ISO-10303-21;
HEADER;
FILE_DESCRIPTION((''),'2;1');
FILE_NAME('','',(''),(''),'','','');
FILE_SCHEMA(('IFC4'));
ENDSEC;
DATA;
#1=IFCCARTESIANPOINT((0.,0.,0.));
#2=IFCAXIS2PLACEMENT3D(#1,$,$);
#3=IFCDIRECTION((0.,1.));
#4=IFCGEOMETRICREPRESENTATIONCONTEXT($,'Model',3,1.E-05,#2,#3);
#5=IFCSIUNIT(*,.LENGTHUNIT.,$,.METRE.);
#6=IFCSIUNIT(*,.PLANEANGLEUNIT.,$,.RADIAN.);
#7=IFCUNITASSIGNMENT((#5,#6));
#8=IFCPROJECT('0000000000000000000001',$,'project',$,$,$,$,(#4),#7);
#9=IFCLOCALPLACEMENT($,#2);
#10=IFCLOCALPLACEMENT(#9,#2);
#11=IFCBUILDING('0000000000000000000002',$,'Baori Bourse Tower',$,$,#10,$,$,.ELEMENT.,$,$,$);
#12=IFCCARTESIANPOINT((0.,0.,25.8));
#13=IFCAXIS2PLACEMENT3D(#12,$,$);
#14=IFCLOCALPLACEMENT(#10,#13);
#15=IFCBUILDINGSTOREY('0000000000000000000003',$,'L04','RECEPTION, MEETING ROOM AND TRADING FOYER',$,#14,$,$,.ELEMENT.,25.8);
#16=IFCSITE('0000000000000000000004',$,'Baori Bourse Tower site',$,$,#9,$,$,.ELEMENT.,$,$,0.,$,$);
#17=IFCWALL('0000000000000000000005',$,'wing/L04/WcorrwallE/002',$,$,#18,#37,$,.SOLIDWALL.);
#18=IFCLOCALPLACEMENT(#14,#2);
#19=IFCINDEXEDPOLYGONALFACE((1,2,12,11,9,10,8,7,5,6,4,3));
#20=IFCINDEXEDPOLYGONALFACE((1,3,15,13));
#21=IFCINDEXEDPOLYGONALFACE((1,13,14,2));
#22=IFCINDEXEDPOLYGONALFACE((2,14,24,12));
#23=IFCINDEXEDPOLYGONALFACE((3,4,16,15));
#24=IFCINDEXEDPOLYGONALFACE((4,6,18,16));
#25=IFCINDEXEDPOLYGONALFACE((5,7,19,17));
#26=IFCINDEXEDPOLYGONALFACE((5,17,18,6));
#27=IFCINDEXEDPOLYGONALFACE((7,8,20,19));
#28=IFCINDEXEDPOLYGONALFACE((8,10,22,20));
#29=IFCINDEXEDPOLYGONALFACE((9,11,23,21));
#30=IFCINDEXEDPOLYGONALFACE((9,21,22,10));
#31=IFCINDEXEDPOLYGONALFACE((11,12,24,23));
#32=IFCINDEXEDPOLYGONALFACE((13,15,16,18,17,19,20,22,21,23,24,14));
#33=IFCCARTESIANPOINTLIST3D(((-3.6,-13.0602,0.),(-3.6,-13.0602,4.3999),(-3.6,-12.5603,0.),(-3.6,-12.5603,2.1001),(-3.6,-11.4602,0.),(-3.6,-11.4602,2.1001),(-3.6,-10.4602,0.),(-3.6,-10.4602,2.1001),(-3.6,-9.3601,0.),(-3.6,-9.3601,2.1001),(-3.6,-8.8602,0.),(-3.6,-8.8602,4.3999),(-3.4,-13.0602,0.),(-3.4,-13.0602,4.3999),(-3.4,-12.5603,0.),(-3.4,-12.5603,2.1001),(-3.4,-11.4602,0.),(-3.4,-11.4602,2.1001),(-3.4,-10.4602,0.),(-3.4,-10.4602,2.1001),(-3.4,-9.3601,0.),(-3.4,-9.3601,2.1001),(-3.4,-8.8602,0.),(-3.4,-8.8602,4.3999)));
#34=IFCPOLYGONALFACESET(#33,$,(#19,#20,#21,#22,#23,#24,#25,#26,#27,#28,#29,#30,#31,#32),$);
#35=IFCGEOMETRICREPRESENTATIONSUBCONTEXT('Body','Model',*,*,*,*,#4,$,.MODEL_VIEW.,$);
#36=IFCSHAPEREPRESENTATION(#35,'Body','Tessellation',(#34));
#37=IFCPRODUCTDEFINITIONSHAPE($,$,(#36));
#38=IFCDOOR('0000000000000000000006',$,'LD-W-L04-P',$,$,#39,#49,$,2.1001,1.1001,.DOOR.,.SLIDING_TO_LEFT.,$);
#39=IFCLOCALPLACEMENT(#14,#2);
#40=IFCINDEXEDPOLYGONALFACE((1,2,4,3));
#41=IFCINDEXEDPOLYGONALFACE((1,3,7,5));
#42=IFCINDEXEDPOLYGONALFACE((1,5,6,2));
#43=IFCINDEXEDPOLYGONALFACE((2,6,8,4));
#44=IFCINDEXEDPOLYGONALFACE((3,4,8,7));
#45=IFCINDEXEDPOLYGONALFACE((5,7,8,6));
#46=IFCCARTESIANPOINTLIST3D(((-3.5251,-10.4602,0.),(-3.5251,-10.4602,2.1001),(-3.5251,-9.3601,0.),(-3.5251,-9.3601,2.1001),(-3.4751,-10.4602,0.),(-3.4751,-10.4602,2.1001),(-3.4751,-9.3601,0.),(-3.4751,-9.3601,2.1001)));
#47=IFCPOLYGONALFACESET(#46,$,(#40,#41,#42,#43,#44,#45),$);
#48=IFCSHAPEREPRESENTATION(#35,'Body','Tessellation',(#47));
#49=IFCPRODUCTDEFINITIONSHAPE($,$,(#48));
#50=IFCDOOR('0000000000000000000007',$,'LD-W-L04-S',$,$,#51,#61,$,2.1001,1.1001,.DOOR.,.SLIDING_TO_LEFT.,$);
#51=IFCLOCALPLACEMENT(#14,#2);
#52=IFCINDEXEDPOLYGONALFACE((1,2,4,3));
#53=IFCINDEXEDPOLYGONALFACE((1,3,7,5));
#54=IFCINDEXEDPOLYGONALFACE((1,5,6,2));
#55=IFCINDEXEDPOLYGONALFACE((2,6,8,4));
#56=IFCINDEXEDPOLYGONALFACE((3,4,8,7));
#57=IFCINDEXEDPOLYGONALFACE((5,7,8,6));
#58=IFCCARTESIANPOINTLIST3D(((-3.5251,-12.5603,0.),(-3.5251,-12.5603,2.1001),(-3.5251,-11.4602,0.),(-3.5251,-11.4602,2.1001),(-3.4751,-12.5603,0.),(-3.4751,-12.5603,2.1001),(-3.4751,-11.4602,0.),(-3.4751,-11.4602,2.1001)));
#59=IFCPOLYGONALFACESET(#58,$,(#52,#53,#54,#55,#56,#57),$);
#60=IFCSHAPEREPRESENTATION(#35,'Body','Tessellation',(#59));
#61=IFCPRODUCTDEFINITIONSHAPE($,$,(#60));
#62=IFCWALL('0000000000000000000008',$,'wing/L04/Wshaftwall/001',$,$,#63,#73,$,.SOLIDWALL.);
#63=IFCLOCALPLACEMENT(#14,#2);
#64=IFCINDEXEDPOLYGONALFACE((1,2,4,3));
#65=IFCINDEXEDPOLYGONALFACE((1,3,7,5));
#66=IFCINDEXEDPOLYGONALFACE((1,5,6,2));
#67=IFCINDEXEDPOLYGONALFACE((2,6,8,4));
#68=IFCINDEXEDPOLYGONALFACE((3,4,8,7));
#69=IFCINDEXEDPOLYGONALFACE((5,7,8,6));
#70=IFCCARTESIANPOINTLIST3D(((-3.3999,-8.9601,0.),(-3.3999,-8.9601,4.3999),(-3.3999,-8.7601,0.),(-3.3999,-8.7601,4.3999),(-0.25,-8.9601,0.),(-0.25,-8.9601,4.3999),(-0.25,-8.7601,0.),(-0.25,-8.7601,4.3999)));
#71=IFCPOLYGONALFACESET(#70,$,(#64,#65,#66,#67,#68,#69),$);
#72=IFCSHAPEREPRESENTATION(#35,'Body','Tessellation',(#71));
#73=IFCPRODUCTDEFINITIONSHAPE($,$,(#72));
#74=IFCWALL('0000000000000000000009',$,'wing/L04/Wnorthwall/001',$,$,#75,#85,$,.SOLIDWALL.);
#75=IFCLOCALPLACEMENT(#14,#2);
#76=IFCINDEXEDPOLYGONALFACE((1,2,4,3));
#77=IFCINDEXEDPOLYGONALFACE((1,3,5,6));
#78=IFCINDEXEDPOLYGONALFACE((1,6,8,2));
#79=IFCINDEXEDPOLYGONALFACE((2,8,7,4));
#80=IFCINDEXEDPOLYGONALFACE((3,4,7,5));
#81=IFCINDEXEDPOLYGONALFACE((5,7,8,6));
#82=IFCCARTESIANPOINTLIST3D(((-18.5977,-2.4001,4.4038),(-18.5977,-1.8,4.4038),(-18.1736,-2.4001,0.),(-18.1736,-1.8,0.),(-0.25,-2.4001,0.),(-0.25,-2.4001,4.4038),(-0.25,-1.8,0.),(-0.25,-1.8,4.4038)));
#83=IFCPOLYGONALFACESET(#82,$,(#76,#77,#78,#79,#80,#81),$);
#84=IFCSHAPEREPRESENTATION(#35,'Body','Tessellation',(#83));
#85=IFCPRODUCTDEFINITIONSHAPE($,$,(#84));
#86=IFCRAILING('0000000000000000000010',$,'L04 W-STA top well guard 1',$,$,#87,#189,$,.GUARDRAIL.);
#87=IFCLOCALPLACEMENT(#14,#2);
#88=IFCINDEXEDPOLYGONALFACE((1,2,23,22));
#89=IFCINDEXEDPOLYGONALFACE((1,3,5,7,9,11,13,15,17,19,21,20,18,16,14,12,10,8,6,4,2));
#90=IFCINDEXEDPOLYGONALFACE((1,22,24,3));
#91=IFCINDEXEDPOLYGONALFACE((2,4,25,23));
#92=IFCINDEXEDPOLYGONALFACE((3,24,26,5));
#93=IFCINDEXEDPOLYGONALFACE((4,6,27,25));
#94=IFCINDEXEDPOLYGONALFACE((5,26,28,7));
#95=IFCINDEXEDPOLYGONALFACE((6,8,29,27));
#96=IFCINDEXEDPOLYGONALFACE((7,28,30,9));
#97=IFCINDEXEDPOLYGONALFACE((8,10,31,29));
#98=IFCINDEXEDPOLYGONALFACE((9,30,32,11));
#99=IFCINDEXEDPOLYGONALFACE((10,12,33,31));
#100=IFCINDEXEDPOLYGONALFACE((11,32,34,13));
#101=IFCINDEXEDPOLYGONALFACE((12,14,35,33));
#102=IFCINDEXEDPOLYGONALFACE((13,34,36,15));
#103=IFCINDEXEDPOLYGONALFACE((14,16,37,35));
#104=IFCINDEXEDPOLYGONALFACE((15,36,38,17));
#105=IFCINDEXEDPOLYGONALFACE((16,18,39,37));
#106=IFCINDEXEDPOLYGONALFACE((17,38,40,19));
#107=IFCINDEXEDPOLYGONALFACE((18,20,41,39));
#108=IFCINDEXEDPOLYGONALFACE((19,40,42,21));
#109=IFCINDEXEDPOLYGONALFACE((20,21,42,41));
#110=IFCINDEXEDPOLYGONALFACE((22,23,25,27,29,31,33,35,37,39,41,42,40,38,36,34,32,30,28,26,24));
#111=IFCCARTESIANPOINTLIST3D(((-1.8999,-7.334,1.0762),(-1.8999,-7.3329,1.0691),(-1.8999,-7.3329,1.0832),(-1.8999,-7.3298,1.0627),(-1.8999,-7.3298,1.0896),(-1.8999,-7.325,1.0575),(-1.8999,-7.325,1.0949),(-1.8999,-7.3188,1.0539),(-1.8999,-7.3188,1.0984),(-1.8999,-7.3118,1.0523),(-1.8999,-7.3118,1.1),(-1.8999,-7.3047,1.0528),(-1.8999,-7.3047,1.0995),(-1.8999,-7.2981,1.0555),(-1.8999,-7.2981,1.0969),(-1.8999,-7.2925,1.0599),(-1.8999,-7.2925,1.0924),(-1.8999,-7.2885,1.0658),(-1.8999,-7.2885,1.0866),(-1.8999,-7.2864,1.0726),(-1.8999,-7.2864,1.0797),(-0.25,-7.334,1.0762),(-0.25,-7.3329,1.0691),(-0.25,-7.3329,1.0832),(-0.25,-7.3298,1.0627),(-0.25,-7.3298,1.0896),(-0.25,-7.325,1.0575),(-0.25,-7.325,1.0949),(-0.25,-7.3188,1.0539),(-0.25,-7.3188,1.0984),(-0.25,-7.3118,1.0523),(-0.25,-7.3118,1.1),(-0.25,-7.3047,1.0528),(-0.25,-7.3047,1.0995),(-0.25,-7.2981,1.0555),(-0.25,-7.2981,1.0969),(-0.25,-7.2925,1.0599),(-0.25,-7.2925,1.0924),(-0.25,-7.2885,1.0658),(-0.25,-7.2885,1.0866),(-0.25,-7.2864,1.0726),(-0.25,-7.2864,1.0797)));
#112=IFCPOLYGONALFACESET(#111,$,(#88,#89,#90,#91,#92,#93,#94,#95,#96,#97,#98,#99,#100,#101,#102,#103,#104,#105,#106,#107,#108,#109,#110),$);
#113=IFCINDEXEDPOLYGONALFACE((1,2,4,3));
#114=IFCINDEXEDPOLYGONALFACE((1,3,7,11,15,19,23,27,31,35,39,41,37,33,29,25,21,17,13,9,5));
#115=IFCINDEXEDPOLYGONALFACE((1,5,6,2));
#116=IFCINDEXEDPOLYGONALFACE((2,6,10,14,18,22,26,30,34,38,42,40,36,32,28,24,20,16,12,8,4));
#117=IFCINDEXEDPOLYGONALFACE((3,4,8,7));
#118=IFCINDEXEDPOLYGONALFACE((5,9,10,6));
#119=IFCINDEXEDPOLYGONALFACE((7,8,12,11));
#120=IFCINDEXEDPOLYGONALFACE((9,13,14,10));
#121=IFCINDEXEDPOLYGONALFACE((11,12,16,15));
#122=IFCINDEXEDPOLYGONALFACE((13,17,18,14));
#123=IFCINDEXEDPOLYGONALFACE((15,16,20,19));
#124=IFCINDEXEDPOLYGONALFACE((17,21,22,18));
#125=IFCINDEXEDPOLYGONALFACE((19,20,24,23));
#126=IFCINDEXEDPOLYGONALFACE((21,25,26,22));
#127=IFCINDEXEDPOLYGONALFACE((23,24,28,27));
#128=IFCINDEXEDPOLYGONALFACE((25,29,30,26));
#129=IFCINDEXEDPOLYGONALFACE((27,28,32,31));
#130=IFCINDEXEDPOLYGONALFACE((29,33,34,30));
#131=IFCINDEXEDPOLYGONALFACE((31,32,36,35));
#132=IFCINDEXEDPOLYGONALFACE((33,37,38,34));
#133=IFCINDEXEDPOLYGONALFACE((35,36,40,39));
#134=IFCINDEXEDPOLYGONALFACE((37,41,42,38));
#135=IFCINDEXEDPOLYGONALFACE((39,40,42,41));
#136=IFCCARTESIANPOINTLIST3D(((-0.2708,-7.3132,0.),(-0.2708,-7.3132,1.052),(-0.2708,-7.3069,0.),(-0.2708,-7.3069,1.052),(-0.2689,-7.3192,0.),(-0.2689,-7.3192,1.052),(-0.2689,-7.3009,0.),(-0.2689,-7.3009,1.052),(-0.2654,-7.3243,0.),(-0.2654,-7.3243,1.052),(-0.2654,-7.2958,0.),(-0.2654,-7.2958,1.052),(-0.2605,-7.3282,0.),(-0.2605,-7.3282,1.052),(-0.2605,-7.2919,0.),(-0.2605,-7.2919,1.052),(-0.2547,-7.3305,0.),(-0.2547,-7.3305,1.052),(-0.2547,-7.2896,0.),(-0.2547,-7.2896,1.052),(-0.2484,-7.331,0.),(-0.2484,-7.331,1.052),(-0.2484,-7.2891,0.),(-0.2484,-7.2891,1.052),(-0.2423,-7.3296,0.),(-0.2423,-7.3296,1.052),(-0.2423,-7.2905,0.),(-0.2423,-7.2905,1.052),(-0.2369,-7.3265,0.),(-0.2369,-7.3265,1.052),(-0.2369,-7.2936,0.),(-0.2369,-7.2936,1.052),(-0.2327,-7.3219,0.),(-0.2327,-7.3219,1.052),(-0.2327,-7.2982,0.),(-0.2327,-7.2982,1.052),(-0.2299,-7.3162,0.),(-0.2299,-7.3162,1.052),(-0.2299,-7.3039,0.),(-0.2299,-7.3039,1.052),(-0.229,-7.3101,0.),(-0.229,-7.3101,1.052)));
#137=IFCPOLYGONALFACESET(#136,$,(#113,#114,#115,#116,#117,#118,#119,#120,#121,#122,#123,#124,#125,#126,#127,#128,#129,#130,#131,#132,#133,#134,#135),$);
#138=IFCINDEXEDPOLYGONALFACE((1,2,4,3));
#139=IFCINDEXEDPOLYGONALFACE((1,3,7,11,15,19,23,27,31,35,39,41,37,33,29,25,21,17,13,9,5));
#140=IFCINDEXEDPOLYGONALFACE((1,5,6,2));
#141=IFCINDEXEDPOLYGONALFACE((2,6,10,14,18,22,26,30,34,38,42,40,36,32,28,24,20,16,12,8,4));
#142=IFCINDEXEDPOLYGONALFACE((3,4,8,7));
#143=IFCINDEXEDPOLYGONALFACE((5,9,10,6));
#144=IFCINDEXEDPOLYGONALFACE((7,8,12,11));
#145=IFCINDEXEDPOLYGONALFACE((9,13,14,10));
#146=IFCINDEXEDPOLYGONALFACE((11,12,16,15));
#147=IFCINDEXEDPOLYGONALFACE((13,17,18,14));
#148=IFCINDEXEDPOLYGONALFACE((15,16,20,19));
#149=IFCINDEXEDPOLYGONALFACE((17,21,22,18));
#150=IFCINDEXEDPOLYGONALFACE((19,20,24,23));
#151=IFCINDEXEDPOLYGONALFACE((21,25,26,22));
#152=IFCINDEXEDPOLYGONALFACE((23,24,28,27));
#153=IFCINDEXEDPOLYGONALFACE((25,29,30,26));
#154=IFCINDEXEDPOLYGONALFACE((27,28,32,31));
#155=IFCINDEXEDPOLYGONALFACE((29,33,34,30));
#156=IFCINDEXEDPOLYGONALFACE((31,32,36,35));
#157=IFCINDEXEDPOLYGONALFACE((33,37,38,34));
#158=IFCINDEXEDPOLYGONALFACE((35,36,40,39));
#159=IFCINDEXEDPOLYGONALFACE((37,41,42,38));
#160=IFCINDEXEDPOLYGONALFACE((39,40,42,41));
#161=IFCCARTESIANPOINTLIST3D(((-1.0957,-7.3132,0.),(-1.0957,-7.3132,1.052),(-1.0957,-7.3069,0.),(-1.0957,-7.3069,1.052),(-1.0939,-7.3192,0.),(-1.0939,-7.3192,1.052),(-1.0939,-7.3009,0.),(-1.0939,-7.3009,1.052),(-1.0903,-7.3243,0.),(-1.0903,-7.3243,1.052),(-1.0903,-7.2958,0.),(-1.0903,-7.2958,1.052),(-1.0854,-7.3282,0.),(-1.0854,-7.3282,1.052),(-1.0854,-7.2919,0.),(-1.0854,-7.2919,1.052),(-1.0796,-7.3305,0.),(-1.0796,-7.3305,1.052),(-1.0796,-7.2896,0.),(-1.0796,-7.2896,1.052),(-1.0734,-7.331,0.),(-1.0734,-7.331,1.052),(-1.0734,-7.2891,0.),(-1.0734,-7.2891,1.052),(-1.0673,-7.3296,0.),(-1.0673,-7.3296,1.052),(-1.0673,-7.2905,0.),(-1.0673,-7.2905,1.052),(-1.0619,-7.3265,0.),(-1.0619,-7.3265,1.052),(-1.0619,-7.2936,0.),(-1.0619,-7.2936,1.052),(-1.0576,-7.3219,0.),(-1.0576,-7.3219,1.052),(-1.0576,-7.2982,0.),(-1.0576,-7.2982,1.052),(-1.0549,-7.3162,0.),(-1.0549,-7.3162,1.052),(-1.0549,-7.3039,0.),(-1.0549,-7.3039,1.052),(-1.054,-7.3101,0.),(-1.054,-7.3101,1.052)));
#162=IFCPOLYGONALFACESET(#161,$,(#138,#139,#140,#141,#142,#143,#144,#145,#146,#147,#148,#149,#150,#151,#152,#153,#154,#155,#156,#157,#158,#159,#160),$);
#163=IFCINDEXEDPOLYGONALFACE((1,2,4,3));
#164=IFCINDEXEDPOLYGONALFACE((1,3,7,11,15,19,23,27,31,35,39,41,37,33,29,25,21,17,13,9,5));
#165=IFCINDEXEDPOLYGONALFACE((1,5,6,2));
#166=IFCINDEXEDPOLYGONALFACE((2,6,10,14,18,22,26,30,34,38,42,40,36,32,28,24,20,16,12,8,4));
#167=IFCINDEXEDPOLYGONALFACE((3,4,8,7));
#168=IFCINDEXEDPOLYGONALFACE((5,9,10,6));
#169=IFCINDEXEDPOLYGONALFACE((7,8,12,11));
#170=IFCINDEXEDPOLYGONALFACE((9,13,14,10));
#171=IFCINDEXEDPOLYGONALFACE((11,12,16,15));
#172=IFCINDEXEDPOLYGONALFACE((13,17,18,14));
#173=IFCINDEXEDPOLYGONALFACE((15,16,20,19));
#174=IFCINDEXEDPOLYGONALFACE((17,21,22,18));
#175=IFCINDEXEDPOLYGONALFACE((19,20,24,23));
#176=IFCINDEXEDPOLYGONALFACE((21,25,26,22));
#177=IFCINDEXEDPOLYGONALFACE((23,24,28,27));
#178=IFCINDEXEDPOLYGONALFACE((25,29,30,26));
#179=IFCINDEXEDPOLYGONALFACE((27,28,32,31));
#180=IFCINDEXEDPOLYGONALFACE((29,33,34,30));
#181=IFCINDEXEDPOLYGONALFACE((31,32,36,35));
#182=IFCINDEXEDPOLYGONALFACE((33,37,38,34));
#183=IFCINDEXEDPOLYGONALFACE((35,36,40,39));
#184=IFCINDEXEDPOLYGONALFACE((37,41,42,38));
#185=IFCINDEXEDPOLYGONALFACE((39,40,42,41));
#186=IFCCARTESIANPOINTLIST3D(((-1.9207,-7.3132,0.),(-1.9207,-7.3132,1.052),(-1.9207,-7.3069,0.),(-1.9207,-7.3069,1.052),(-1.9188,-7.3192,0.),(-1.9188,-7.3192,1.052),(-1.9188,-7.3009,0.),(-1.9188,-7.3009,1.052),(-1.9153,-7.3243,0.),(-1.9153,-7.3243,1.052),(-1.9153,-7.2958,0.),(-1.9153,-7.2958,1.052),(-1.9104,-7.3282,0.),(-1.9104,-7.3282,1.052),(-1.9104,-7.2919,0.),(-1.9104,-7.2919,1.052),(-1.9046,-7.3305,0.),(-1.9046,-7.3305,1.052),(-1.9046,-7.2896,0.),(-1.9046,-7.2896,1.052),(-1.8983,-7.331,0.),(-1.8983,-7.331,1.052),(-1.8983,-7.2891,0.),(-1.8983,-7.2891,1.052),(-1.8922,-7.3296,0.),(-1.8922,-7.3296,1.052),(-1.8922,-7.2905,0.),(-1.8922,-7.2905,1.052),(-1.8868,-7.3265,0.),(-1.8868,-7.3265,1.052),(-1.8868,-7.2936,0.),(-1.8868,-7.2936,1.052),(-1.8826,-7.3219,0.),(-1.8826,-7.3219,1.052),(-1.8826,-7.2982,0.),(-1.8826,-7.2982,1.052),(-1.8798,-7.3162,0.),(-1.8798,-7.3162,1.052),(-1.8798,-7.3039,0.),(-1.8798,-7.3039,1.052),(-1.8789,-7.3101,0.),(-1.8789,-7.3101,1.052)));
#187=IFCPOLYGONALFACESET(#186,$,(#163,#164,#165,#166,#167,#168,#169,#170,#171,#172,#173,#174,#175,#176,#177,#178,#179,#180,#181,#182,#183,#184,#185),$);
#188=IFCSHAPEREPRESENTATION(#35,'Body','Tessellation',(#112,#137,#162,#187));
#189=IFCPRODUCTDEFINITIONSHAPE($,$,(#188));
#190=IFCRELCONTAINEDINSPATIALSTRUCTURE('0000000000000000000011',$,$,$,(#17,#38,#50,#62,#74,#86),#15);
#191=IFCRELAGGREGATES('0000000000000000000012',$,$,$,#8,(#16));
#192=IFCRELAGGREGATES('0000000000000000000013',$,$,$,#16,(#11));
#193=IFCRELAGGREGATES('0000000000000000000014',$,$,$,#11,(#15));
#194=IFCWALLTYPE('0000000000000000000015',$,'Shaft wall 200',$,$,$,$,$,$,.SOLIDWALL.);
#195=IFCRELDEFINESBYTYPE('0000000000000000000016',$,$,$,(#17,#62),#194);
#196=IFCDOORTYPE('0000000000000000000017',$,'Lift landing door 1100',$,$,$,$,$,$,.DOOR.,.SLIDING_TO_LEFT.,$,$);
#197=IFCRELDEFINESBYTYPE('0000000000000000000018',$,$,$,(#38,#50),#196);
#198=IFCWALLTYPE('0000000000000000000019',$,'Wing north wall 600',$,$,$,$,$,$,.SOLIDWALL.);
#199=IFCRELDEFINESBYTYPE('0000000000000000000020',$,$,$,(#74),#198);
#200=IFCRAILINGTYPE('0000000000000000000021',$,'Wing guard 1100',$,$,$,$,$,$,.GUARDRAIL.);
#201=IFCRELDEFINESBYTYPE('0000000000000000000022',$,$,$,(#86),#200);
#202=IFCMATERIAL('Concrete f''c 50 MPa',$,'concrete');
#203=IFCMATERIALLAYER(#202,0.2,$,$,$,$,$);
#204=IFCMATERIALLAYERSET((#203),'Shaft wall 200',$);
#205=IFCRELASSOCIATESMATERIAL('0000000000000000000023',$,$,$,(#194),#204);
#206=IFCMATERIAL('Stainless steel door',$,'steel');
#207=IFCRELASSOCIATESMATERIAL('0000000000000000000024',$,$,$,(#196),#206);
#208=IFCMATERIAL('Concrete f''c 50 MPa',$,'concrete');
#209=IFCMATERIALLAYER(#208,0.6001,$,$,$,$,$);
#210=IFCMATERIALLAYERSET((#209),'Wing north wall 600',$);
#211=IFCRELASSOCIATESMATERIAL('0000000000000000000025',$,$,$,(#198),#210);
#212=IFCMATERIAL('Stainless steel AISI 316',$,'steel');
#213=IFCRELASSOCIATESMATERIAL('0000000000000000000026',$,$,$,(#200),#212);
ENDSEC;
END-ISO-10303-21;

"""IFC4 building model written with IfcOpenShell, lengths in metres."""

from ifc_helpers import new_model, si_unit, direction, frame, frame_2d, origin, origin_2d, place, context, subcontext, project, spatial, polyline, rectangle, circle, outline, extrude, material, layer, layer_set, type_object, element, fill, save


model = new_model("IFC4")

# Units and contexts
model_context = context("Model", 3, precision=1e-05, world=origin(), true_north=direction((0.0, 1.0)))
body_context = subcontext(model_context, "Body", "Model", "MODEL_VIEW")
ifc_project = project(units=[si_unit("LENGTHUNIT", "METRE"), si_unit("PLANEANGLEUNIT", "RADIAN")], contexts=[model_context])

# Site, building, storey
site_placement = place(None, origin())
site = spatial("IfcSite", under=ifc_project, at=site_placement, Name="Baori Bourse Tower site", CompositionType="ELEMENT", RefElevation=0.0)
building_placement = place(site_placement, origin())
building = spatial("IfcBuilding", under=site, at=building_placement, Name="Baori Bourse Tower", CompositionType="ELEMENT")
storey_placement = place(building_placement, frame((0.0, 0.0, 25.8)))
storey = spatial("IfcBuildingStorey", under=building, at=storey_placement, Name="L04", Description="RECEPTION, MEETING ROOM AND TRADING FOYER", CompositionType="ELEMENT", Elevation=25.8)

# Shared definitions
ifc_material_1 = material(Name="Concrete f'c 50 MPa", Category="concrete")
ifc_layer_1 = layer(ifc_material_1, 0.2)
ifc_layer_set_1 = layer_set([ifc_layer_1], Name="Shaft wall 200")
wall_type_1 = type_object("IfcWallType", Name="Shaft wall 200", PredefinedType="SOLIDWALL", material=ifc_layer_set_1)

# Wall, openings, doors
wall_1_placement = place(storey_placement, frame((-3.5, -8.8601, 0.0), z_axis=(0.0, 0.0, 1.0), x_axis=(0.0, -1.0, 0.0)))
wall_1 = element("IfcWall", 1, at=wall_1_placement, inside=storey, type_object=wall_type_1, Name="wing/L04/WcorrwallE/002", PredefinedType="SOLIDWALL", context=body_context, shape_type="SweptSolid", body=[
    extrude(rectangle(XDim=4.2, YDim=0.2, at=frame_2d((2.1001, 0.0))), origin(), (0.0, 0.0, 1.0), 4.3999),
])
opening_1_placement = place(wall_1_placement, frame((0.5, 0.0, 0.0)))
opening_1 = element("IfcOpeningElement", 2, at=opening_1_placement, cuts=wall_1, PredefinedType="OPENING", context=body_context, shape_type="SweptSolid", body=[
    extrude(rectangle(XDim=1.1001, YDim=2.1001, at=frame_2d((0.55, 1.05))), frame((0.0, 0.1099, 0.0), z_axis=(0.0, -1.0, 0.0), x_axis=(1.0, 0.0, 0.0)), (0.0, 0.0, 1.0), 0.22),
])
opening_2_placement = place(wall_1_placement, frame((2.6001, 0.0, 0.0)))
opening_2 = element("IfcOpeningElement", 3, at=opening_2_placement, cuts=wall_1, PredefinedType="OPENING", context=body_context, shape_type="SweptSolid", body=[
    extrude(rectangle(XDim=1.1001, YDim=2.1001, at=frame_2d((0.55, 1.05))), frame((0.0, 0.1099, 0.0), z_axis=(0.0, -1.0, 0.0), x_axis=(1.0, 0.0, 0.0)), (0.0, 0.0, 1.0), 0.22),
])
ifc_material_2 = material(Name="Stainless steel door", Category="steel")
door_type_1 = type_object("IfcDoorType", Name="Lift landing door 1100", OperationType="SLIDING_TO_LEFT", PredefinedType="DOOR", material=ifc_material_2)
door_1_placement = place(opening_1_placement, origin())
door_1 = element("IfcDoor", 4, at=door_1_placement, inside=storey, type_object=door_type_1, Name="LD-W-L04-P", OperationType="SLIDING_TO_LEFT", OverallHeight=2.1001, OverallWidth=1.1001, PredefinedType="DOOR", context=body_context, shape_type="SweptSolid", body=[
    extrude(rectangle(XDim=1.1001, YDim=2.1001, at=frame_2d((0.55, 1.05))), frame((0.0, 0.0249, 0.0), z_axis=(0.0, -1.0, 0.0), x_axis=(1.0, 0.0, 0.0)), (0.0, 0.0, 1.0), 0.05),
])
fill(opening_1, door_1)
door_2_placement = place(opening_2_placement, origin())
door_2 = element("IfcDoor", 5, at=door_2_placement, inside=storey, type_object=door_type_1, Name="LD-W-L04-S", OperationType="SLIDING_TO_LEFT", OverallHeight=2.1001, OverallWidth=1.1001, PredefinedType="DOOR", context=body_context, shape_type="SweptSolid", body=[
    extrude(rectangle(XDim=1.1001, YDim=2.1001, at=frame_2d((0.55, 1.05))), frame((0.0, 0.0249, 0.0), z_axis=(0.0, -1.0, 0.0), x_axis=(1.0, 0.0, 0.0)), (0.0, 0.0, 1.0), 0.05),
])
fill(opening_2, door_2)

# Walls
wall_2_placement = place(storey_placement, frame((-3.3999, -8.8601, 0.0), z_axis=(0.0, 0.0, 1.0), x_axis=(1.0, 0.0, 0.0)))
element("IfcWall", 6, at=wall_2_placement, inside=storey, type_object=wall_type_1, Name="wing/L04/Wshaftwall/001", PredefinedType="SOLIDWALL", context=body_context, shape_type="SweptSolid", body=[
    extrude(rectangle(XDim=3.1499, YDim=0.2, at=frame_2d((1.575, 0.0))), origin(), (0.0, 0.0, 1.0), 4.3999),
])
ifc_material_3 = material(Name="Concrete f'c 50 MPa", Category="concrete")
ifc_layer_2 = layer(ifc_material_3, 0.6001)
ifc_layer_set_2 = layer_set([ifc_layer_2], Name="Wing north wall 600")
wall_type_2 = type_object("IfcWallType", Name="Wing north wall 600", PredefinedType="SOLIDWALL", material=ifc_layer_set_2)
wall_3_placement = place(storey_placement, frame((-0.25, -2.1001, 0.0), z_axis=(0.0, 0.0, 1.0), x_axis=(-1.0, 0.0, 0.0)))
element("IfcWall", 7, at=wall_3_placement, inside=storey, type_object=wall_type_2, Name="wing/L04/Wnorthwall/001", PredefinedType="SOLIDWALL", context=body_context, shape_type="SweptSolid", body=[
    extrude(outline(polyline([(0.0, 0.0), (17.9236, 0.0), (18.3477, 4.4038), (0.0, 4.4038), (0.0, 0.0)])), frame((0.0, 0.3, 0.0), z_axis=(0.0, -1.0, 0.0), x_axis=(1.0, 0.0, 0.0)), (0.0, 0.0, 1.0), 0.6001),
])

# Railing
ifc_material_4 = material(Name="Stainless steel AISI 316", Category="steel")
railing_type = type_object("IfcRailingType", Name="Wing guard 1100", PredefinedType="GUARDRAIL", material=ifc_material_4)
railing_placement = place(storey_placement, frame((-0.25, -7.3101, 0.0)))
element("IfcRailing", 8, at=railing_placement, inside=storey, type_object=railing_type, Name="L04 W-STA top well guard 1", PredefinedType="GUARDRAIL", context=body_context, shape_type="SweptSolid", body=[
    extrude(circle(Radius=0.0239, at=origin_2d()), frame((0.0, 0.0, 1.0762), z_axis=(-1.0, 0.0, 0.0), x_axis=(0.0, -1.0, 0.0)), (0.0, 0.0, 1.0), 1.6499),
    extrude(circle(Radius=0.021, at=origin_2d()), origin(), (0.0, 0.0, 1.0), 1.052),
    extrude(circle(Radius=0.021, at=origin_2d()), frame((-0.825, 0.0, 0.0)), (0.0, 0.0, 1.0), 1.052),
    extrude(circle(Radius=0.021, at=origin_2d()), frame((-1.6499, 0.0, 0.0)), (0.0, 0.0, 1.0), 1.052),
])

save(model, "model.ifc")
